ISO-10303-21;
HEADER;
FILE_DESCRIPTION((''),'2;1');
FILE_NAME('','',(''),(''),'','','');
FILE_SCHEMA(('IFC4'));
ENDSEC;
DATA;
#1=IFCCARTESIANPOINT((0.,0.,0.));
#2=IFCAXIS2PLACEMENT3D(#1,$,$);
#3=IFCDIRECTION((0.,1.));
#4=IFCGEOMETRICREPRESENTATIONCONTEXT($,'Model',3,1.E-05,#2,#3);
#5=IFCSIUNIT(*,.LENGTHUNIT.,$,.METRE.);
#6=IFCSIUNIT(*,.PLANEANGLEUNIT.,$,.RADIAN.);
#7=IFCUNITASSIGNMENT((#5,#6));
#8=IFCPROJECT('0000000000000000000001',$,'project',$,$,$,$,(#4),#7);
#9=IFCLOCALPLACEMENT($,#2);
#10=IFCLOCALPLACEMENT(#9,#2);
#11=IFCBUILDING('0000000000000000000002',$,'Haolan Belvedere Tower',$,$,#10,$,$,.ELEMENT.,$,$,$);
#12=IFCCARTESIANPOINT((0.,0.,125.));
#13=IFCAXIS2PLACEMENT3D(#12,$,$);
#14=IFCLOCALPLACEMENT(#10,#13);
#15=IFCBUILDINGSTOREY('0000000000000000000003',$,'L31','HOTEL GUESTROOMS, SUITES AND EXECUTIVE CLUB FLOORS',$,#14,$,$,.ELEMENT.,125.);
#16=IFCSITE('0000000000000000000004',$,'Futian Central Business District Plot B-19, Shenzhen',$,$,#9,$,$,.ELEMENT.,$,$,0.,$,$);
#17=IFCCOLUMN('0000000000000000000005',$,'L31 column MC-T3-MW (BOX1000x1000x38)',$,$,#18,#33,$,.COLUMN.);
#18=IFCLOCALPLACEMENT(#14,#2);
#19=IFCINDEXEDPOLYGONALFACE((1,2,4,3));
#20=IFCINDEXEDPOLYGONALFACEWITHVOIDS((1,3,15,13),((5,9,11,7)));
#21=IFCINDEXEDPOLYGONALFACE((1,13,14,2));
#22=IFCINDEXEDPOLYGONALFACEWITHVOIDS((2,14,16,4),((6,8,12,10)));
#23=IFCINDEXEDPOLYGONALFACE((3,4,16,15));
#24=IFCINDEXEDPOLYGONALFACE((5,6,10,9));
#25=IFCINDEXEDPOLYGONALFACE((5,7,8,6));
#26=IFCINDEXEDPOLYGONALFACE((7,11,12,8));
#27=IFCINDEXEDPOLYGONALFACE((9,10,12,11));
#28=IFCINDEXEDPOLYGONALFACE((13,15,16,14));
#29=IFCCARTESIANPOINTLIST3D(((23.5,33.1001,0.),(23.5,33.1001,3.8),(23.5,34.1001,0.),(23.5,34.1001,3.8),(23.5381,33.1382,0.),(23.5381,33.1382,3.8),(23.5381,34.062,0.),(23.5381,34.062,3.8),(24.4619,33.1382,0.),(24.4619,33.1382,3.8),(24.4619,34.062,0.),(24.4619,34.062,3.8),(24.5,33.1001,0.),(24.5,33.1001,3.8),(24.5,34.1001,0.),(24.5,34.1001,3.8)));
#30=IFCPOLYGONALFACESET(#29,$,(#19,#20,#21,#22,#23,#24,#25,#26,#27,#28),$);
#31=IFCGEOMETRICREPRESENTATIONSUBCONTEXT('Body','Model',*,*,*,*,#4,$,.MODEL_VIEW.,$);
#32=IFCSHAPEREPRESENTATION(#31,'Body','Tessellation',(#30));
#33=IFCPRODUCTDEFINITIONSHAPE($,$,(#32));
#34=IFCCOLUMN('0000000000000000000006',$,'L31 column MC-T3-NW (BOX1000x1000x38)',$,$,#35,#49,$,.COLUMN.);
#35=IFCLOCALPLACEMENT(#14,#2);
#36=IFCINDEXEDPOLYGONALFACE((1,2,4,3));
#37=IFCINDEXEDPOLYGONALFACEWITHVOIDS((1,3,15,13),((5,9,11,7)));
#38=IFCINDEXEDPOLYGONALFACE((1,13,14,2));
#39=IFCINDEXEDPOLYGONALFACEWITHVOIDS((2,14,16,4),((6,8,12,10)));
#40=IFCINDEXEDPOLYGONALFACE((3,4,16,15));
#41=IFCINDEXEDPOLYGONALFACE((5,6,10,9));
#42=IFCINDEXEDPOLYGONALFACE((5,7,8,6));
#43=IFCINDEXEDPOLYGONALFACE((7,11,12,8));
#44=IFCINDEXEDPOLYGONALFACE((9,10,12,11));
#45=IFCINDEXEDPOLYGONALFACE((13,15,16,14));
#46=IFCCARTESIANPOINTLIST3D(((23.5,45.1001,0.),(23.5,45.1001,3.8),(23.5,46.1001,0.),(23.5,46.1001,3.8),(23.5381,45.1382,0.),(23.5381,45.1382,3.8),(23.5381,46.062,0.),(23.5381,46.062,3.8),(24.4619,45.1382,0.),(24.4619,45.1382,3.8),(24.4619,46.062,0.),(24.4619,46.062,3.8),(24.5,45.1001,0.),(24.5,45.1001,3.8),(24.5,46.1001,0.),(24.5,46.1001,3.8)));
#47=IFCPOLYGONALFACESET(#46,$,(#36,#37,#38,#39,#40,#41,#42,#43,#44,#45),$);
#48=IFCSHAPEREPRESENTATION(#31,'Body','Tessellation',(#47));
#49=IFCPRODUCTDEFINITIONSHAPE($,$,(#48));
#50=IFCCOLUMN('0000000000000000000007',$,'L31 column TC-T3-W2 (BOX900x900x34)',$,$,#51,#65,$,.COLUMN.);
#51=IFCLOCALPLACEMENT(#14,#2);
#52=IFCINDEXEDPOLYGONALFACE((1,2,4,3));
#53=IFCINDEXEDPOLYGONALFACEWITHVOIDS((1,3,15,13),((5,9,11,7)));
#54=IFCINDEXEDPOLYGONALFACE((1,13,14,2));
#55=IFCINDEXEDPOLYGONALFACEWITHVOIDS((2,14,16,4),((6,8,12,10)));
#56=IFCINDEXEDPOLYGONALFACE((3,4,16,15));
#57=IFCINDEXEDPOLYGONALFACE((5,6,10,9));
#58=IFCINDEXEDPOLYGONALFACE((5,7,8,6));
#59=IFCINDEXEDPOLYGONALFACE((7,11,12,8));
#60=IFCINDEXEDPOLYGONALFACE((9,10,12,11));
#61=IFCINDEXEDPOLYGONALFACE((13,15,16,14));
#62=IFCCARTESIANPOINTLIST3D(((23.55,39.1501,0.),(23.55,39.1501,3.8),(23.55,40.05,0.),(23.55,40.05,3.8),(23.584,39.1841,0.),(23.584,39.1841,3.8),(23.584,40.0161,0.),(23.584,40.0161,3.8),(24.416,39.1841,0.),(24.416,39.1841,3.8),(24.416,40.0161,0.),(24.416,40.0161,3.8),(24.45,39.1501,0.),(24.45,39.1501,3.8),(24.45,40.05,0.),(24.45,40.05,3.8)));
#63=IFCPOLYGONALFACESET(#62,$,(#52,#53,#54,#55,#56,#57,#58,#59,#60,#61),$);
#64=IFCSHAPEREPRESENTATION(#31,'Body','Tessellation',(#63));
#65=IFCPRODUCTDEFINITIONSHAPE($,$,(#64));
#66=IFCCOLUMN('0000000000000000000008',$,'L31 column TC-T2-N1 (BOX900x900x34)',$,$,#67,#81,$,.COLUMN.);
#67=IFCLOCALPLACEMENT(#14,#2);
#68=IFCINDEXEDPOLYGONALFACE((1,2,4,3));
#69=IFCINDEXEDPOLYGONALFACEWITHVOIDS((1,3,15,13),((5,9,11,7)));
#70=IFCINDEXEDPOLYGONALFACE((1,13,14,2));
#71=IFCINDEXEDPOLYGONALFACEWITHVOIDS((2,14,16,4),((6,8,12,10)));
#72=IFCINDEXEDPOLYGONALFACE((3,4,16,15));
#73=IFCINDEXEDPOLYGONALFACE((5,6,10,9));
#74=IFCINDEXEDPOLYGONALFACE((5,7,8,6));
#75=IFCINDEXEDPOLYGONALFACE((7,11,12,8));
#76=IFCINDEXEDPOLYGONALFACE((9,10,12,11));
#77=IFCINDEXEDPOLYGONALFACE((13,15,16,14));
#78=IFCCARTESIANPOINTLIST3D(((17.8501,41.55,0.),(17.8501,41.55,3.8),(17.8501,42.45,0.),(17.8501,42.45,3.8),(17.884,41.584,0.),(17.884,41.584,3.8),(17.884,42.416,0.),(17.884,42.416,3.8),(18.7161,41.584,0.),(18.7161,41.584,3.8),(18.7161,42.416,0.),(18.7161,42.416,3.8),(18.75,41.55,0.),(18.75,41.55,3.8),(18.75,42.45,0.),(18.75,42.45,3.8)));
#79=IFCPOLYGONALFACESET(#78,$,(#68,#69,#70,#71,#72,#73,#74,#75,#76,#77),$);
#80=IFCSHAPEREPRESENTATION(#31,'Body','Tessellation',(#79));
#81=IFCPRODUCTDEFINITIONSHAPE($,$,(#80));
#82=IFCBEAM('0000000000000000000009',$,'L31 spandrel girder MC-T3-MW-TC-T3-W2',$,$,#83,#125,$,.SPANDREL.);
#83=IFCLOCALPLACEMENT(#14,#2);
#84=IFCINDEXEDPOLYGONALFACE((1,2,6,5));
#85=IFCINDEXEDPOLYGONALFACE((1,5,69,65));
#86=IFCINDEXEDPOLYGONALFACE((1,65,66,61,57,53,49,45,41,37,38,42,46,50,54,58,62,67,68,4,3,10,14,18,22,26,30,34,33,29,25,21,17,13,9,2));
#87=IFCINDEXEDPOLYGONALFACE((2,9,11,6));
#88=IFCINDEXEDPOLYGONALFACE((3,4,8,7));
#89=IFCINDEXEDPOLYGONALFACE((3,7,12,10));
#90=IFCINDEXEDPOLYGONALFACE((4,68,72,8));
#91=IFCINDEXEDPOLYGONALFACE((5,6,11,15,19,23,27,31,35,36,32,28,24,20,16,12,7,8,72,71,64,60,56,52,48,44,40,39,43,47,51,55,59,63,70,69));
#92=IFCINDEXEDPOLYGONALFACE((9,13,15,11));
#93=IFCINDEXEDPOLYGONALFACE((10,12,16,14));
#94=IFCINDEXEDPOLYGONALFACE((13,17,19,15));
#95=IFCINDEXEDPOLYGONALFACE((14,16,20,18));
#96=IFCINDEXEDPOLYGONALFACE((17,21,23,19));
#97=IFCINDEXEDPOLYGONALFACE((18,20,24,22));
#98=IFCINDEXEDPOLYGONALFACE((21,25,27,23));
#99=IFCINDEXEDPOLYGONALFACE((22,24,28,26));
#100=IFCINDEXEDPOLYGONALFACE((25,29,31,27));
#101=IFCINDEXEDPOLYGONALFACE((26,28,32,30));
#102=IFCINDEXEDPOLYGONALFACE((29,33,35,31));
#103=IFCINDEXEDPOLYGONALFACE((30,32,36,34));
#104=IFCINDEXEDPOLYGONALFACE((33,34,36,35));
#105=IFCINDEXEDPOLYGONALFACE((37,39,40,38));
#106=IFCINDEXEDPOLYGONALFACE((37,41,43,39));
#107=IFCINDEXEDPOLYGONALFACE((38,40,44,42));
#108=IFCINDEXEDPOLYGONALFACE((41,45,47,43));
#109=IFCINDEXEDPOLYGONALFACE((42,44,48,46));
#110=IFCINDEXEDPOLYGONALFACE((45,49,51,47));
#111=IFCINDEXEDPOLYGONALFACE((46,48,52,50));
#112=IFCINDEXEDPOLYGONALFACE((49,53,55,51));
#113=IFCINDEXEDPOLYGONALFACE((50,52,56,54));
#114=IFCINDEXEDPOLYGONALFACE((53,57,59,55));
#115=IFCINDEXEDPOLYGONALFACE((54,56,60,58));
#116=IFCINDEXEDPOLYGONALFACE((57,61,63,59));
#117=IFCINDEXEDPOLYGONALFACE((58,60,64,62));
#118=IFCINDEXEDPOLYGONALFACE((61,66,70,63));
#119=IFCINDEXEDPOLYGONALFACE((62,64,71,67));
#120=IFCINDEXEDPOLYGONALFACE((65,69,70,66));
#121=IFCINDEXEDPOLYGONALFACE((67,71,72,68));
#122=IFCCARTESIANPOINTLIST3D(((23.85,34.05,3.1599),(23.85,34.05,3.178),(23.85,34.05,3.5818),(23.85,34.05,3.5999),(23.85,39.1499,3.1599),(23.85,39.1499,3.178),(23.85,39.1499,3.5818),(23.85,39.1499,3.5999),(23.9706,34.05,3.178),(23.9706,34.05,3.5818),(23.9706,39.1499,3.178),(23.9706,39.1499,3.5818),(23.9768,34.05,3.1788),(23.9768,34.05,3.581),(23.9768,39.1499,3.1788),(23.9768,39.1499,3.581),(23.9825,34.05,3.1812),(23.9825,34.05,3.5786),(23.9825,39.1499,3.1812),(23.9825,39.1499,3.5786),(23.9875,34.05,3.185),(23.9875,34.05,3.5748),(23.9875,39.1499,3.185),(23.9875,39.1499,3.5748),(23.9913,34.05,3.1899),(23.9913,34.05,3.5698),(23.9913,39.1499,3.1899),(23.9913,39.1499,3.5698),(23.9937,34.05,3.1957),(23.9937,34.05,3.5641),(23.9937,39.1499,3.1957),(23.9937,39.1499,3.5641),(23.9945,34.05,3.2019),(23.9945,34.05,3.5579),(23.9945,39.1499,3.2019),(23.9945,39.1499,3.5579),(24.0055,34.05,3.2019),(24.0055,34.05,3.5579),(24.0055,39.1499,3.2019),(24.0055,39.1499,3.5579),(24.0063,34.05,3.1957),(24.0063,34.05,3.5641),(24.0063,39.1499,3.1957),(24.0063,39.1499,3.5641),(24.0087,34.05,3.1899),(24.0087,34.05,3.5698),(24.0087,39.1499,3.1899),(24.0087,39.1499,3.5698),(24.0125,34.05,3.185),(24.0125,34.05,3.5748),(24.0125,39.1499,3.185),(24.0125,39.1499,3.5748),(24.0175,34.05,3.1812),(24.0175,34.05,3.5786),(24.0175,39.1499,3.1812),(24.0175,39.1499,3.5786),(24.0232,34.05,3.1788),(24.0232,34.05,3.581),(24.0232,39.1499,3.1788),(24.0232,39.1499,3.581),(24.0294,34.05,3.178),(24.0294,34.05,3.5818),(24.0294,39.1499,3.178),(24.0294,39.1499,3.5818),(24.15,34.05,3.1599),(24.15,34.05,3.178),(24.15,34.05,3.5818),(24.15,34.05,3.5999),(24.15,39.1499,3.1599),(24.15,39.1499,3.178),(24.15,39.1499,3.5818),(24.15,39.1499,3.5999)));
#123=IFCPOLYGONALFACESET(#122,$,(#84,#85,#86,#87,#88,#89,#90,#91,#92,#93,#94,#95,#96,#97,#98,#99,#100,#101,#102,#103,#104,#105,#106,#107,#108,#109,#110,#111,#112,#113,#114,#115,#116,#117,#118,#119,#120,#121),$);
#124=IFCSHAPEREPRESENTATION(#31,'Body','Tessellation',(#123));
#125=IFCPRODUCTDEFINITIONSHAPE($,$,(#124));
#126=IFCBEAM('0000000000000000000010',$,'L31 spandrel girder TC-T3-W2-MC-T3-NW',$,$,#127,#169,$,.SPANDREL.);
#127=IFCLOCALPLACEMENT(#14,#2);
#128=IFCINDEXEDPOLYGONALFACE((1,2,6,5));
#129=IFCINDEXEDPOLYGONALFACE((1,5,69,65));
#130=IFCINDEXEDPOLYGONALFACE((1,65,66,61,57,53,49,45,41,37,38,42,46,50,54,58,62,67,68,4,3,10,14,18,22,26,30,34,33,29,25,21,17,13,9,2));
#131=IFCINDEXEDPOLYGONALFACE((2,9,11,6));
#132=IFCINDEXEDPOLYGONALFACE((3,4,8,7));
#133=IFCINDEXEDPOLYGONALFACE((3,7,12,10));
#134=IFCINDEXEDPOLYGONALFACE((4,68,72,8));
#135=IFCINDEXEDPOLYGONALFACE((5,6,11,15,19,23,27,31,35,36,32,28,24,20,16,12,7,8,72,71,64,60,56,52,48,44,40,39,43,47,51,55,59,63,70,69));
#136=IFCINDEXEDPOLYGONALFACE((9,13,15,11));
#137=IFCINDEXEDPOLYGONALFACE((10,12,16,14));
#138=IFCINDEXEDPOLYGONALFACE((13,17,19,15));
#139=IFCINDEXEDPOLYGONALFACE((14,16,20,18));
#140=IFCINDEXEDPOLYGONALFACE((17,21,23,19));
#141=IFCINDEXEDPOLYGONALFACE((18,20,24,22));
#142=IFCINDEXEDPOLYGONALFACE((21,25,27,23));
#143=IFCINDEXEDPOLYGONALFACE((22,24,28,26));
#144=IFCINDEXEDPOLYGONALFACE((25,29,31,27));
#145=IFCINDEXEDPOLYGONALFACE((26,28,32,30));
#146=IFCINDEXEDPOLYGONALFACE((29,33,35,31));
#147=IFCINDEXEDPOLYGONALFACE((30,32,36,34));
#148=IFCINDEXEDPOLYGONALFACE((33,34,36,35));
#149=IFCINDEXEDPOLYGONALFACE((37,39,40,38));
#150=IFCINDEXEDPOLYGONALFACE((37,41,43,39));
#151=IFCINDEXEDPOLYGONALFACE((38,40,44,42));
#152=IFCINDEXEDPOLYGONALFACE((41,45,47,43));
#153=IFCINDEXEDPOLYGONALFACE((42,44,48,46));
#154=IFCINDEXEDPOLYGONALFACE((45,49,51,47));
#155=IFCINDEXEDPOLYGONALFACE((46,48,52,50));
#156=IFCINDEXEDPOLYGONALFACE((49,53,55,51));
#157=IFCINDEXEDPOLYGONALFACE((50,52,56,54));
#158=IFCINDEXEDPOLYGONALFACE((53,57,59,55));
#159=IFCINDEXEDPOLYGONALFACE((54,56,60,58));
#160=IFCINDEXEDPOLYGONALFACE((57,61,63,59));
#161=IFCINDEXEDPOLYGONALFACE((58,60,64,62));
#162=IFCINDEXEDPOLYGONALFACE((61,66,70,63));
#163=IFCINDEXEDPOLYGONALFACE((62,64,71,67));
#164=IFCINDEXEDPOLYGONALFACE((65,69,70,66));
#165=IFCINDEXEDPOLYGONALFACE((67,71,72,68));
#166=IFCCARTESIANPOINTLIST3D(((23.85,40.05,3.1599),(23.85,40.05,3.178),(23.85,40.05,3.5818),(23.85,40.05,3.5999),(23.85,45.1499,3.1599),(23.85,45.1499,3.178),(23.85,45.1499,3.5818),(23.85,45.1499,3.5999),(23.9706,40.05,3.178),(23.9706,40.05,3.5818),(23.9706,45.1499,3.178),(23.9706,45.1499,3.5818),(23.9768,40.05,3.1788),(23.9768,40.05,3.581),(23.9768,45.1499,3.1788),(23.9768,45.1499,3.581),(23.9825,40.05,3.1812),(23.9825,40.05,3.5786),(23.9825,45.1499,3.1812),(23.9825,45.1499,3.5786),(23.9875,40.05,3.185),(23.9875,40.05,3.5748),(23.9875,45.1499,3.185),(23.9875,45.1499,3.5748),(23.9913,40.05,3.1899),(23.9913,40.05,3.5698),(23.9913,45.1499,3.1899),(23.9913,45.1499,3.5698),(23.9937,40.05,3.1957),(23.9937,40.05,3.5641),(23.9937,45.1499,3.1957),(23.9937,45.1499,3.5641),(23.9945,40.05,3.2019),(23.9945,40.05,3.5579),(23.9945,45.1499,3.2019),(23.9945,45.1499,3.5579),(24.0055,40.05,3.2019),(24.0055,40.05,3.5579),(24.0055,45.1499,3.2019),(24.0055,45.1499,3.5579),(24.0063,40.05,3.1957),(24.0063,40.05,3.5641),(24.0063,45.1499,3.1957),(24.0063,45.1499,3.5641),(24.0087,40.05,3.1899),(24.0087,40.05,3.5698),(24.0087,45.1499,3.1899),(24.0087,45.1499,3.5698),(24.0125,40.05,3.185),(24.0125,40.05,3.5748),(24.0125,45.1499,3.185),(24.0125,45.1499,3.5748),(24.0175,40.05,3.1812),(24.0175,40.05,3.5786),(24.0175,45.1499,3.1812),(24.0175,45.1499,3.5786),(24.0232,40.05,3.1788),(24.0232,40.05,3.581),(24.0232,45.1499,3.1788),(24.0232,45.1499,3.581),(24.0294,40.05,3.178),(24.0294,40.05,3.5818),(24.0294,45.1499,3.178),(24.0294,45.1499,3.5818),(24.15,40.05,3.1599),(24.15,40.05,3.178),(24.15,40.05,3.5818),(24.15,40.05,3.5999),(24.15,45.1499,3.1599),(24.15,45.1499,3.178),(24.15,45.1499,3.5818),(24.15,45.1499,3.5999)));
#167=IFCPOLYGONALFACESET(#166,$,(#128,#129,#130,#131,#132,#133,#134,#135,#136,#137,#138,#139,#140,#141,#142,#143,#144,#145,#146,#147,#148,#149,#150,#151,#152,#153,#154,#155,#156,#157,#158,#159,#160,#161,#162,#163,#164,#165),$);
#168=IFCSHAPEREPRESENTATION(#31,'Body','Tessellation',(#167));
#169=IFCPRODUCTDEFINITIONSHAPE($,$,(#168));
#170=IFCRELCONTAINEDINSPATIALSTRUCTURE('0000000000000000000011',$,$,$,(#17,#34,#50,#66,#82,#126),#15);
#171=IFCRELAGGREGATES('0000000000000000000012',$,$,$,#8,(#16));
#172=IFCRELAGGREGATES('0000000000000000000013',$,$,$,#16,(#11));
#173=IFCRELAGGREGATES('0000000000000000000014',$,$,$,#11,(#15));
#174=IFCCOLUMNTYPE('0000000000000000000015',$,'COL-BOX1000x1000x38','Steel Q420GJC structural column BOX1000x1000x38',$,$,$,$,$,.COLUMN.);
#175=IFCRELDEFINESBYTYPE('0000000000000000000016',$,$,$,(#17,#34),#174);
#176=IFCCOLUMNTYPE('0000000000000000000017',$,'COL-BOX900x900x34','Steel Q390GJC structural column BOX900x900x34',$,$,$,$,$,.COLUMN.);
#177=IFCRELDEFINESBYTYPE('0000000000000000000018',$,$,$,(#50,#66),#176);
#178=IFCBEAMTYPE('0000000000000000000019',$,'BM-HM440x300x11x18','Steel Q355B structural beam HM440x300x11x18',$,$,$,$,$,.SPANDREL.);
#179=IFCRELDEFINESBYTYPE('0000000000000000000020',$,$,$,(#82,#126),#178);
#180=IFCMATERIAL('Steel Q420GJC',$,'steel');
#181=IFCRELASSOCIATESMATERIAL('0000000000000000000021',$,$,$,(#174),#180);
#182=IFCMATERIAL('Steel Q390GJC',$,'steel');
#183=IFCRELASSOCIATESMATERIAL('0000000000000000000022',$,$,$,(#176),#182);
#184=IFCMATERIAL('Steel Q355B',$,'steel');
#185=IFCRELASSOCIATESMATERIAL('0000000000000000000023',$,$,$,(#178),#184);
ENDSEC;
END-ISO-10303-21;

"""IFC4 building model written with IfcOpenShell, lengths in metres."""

from ifc_helpers import new_model, si_unit, direction, frame, origin, origin_2d, place, context, subcontext, project, spatial, hollow_rectangle, i_section, extrude, material, material_profile, profile_set, type_object, element, save


model = new_model("IFC4")

# Units and contexts
model_context = context("Model", 3, precision=1e-05, world=origin(), true_north=direction((0.0, 1.0)))
body_context = subcontext(model_context, "Body", "Model", "MODEL_VIEW")
ifc_project = project(units=[si_unit("LENGTHUNIT", "METRE"), si_unit("PLANEANGLEUNIT", "RADIAN")], contexts=[model_context])

# Site, building, storey
site_placement = place(None, origin())
site = spatial("IfcSite", under=ifc_project, at=site_placement, Name="Futian Central Business District Plot B-19, Shenzhen", CompositionType="ELEMENT", RefElevation=0.0)
building_placement = place(site_placement, origin())
building = spatial("IfcBuilding", under=site, at=building_placement, Name="Haolan Belvedere Tower", CompositionType="ELEMENT")
storey_placement = place(building_placement, frame((0.0, 0.0, 125.0)))
storey = spatial("IfcBuildingStorey", under=building, at=storey_placement, Name="L31", Description="HOTEL GUESTROOMS, SUITES AND EXECUTIVE CLUB FLOORS", CompositionType="ELEMENT", Elevation=125.0)

# Columns
ifc_material_1 = material(Name="Steel Q420GJC", Category="steel")
ifc_material_profile_1 = material_profile(ifc_material_1, hollow_rectangle(XDim=1.0, YDim=1.0, WallThickness=0.0381, at=origin_2d()), Name="Steel Q420GJC")
ifc_profile_set_1 = profile_set([ifc_material_profile_1], Name="Steel Q420GJC")
column_type_1 = type_object("IfcColumnType", Name="COL-BOX1000x1000x38", Description="Steel Q420GJC structural column BOX1000x1000x38", PredefinedType="COLUMN", material=ifc_profile_set_1)
for number, where, z_axis, x_axis, name in (
    (1, (24.0, 33.6001, 0.0), (0.0, 0.0, 1.0), (1.0, 0.0, 0.0), "L31 column MC-T3-MW (BOX1000x1000x38)"),
    (2, (24.0, 45.6001, 0.0), (0.0, 0.0, 1.0), (1.0, 0.0, 0.0), "L31 column MC-T3-NW (BOX1000x1000x38)"),
):
    element("IfcColumn", number, at=place(storey_placement, frame(where, z_axis=z_axis, x_axis=x_axis)), inside=storey, type_object=column_type_1, Name=name, PredefinedType="COLUMN", context=body_context, shape_type="SweptSolid", body=[
        extrude(hollow_rectangle(XDim=1.0, YDim=1.0, WallThickness=0.0381, at=origin_2d()), origin(), (0.0, 0.0, 1.0), 3.8),
    ])
ifc_material_2 = material(Name="Steel Q390GJC", Category="steel")
ifc_material_profile_2 = material_profile(ifc_material_2, hollow_rectangle(XDim=0.8999, YDim=0.8999, WallThickness=0.0339, at=origin_2d()), Name="Steel Q390GJC")
ifc_profile_set_2 = profile_set([ifc_material_profile_2], Name="Steel Q390GJC")
column_type_2 = type_object("IfcColumnType", Name="COL-BOX900x900x34", Description="Steel Q390GJC structural column BOX900x900x34", PredefinedType="COLUMN", material=ifc_profile_set_2)
for number, where, z_axis, x_axis, name in (
    (3, (24.0, 39.6001, 0.0), (0.0, 0.0, 1.0), (1.0, 0.0, 0.0), "L31 column TC-T3-W2 (BOX900x900x34)"),
    (4, (18.3, 42.0, 0.0), (0.0, 0.0, 1.0), (1.0, 0.0, 0.0), "L31 column TC-T2-N1 (BOX900x900x34)"),
):
    element("IfcColumn", number, at=place(storey_placement, frame(where, z_axis=z_axis, x_axis=x_axis)), inside=storey, type_object=column_type_2, Name=name, PredefinedType="COLUMN", context=body_context, shape_type="SweptSolid", body=[
        extrude(hollow_rectangle(XDim=0.8999, YDim=0.8999, WallThickness=0.0339, at=origin_2d()), origin(), (0.0, 0.0, 1.0), 3.8),
    ])

# Beams
ifc_material_3 = material(Name="Steel Q355B", Category="steel")
ifc_material_profile_3 = material_profile(ifc_material_3, i_section(OverallWidth=0.3, OverallDepth=0.4399, WebThickness=0.011, FlangeThickness=0.0181, FilletRadius=0.0239, at=origin_2d()), Name="Steel Q355B")
ifc_profile_set_3 = profile_set([ifc_material_profile_3], Name="Steel Q355B")
beam_type = type_object("IfcBeamType", Name="BM-HM440x300x11x18", Description="Steel Q355B structural beam HM440x300x11x18", PredefinedType="SPANDREL", material=ifc_profile_set_3)
for number, where, z_axis, x_axis, name in (
    (5, (24.0, 34.05, 3.3799), (0.0, 1.0, 0.0), (-1.0, 0.0, 0.0), "L31 spandrel girder MC-T3-MW-TC-T3-W2"),
    (6, (24.0, 40.05, 3.3799), (0.0, 1.0, 0.0), (-1.0, 0.0, 0.0), "L31 spandrel girder TC-T3-W2-MC-T3-NW"),
):
    element("IfcBeam", number, at=place(storey_placement, frame(where, z_axis=z_axis, x_axis=x_axis)), inside=storey, type_object=beam_type, Name=name, PredefinedType="SPANDREL", context=body_context, shape_type="SweptSolid", body=[
        extrude(i_section(OverallWidth=0.3, OverallDepth=0.4399, WebThickness=0.011, FlangeThickness=0.0181, FilletRadius=0.0239, at=origin_2d()), origin(), (0.0, 0.0, 1.0), 5.0999),
    ])

save(model, "model.ifc")
